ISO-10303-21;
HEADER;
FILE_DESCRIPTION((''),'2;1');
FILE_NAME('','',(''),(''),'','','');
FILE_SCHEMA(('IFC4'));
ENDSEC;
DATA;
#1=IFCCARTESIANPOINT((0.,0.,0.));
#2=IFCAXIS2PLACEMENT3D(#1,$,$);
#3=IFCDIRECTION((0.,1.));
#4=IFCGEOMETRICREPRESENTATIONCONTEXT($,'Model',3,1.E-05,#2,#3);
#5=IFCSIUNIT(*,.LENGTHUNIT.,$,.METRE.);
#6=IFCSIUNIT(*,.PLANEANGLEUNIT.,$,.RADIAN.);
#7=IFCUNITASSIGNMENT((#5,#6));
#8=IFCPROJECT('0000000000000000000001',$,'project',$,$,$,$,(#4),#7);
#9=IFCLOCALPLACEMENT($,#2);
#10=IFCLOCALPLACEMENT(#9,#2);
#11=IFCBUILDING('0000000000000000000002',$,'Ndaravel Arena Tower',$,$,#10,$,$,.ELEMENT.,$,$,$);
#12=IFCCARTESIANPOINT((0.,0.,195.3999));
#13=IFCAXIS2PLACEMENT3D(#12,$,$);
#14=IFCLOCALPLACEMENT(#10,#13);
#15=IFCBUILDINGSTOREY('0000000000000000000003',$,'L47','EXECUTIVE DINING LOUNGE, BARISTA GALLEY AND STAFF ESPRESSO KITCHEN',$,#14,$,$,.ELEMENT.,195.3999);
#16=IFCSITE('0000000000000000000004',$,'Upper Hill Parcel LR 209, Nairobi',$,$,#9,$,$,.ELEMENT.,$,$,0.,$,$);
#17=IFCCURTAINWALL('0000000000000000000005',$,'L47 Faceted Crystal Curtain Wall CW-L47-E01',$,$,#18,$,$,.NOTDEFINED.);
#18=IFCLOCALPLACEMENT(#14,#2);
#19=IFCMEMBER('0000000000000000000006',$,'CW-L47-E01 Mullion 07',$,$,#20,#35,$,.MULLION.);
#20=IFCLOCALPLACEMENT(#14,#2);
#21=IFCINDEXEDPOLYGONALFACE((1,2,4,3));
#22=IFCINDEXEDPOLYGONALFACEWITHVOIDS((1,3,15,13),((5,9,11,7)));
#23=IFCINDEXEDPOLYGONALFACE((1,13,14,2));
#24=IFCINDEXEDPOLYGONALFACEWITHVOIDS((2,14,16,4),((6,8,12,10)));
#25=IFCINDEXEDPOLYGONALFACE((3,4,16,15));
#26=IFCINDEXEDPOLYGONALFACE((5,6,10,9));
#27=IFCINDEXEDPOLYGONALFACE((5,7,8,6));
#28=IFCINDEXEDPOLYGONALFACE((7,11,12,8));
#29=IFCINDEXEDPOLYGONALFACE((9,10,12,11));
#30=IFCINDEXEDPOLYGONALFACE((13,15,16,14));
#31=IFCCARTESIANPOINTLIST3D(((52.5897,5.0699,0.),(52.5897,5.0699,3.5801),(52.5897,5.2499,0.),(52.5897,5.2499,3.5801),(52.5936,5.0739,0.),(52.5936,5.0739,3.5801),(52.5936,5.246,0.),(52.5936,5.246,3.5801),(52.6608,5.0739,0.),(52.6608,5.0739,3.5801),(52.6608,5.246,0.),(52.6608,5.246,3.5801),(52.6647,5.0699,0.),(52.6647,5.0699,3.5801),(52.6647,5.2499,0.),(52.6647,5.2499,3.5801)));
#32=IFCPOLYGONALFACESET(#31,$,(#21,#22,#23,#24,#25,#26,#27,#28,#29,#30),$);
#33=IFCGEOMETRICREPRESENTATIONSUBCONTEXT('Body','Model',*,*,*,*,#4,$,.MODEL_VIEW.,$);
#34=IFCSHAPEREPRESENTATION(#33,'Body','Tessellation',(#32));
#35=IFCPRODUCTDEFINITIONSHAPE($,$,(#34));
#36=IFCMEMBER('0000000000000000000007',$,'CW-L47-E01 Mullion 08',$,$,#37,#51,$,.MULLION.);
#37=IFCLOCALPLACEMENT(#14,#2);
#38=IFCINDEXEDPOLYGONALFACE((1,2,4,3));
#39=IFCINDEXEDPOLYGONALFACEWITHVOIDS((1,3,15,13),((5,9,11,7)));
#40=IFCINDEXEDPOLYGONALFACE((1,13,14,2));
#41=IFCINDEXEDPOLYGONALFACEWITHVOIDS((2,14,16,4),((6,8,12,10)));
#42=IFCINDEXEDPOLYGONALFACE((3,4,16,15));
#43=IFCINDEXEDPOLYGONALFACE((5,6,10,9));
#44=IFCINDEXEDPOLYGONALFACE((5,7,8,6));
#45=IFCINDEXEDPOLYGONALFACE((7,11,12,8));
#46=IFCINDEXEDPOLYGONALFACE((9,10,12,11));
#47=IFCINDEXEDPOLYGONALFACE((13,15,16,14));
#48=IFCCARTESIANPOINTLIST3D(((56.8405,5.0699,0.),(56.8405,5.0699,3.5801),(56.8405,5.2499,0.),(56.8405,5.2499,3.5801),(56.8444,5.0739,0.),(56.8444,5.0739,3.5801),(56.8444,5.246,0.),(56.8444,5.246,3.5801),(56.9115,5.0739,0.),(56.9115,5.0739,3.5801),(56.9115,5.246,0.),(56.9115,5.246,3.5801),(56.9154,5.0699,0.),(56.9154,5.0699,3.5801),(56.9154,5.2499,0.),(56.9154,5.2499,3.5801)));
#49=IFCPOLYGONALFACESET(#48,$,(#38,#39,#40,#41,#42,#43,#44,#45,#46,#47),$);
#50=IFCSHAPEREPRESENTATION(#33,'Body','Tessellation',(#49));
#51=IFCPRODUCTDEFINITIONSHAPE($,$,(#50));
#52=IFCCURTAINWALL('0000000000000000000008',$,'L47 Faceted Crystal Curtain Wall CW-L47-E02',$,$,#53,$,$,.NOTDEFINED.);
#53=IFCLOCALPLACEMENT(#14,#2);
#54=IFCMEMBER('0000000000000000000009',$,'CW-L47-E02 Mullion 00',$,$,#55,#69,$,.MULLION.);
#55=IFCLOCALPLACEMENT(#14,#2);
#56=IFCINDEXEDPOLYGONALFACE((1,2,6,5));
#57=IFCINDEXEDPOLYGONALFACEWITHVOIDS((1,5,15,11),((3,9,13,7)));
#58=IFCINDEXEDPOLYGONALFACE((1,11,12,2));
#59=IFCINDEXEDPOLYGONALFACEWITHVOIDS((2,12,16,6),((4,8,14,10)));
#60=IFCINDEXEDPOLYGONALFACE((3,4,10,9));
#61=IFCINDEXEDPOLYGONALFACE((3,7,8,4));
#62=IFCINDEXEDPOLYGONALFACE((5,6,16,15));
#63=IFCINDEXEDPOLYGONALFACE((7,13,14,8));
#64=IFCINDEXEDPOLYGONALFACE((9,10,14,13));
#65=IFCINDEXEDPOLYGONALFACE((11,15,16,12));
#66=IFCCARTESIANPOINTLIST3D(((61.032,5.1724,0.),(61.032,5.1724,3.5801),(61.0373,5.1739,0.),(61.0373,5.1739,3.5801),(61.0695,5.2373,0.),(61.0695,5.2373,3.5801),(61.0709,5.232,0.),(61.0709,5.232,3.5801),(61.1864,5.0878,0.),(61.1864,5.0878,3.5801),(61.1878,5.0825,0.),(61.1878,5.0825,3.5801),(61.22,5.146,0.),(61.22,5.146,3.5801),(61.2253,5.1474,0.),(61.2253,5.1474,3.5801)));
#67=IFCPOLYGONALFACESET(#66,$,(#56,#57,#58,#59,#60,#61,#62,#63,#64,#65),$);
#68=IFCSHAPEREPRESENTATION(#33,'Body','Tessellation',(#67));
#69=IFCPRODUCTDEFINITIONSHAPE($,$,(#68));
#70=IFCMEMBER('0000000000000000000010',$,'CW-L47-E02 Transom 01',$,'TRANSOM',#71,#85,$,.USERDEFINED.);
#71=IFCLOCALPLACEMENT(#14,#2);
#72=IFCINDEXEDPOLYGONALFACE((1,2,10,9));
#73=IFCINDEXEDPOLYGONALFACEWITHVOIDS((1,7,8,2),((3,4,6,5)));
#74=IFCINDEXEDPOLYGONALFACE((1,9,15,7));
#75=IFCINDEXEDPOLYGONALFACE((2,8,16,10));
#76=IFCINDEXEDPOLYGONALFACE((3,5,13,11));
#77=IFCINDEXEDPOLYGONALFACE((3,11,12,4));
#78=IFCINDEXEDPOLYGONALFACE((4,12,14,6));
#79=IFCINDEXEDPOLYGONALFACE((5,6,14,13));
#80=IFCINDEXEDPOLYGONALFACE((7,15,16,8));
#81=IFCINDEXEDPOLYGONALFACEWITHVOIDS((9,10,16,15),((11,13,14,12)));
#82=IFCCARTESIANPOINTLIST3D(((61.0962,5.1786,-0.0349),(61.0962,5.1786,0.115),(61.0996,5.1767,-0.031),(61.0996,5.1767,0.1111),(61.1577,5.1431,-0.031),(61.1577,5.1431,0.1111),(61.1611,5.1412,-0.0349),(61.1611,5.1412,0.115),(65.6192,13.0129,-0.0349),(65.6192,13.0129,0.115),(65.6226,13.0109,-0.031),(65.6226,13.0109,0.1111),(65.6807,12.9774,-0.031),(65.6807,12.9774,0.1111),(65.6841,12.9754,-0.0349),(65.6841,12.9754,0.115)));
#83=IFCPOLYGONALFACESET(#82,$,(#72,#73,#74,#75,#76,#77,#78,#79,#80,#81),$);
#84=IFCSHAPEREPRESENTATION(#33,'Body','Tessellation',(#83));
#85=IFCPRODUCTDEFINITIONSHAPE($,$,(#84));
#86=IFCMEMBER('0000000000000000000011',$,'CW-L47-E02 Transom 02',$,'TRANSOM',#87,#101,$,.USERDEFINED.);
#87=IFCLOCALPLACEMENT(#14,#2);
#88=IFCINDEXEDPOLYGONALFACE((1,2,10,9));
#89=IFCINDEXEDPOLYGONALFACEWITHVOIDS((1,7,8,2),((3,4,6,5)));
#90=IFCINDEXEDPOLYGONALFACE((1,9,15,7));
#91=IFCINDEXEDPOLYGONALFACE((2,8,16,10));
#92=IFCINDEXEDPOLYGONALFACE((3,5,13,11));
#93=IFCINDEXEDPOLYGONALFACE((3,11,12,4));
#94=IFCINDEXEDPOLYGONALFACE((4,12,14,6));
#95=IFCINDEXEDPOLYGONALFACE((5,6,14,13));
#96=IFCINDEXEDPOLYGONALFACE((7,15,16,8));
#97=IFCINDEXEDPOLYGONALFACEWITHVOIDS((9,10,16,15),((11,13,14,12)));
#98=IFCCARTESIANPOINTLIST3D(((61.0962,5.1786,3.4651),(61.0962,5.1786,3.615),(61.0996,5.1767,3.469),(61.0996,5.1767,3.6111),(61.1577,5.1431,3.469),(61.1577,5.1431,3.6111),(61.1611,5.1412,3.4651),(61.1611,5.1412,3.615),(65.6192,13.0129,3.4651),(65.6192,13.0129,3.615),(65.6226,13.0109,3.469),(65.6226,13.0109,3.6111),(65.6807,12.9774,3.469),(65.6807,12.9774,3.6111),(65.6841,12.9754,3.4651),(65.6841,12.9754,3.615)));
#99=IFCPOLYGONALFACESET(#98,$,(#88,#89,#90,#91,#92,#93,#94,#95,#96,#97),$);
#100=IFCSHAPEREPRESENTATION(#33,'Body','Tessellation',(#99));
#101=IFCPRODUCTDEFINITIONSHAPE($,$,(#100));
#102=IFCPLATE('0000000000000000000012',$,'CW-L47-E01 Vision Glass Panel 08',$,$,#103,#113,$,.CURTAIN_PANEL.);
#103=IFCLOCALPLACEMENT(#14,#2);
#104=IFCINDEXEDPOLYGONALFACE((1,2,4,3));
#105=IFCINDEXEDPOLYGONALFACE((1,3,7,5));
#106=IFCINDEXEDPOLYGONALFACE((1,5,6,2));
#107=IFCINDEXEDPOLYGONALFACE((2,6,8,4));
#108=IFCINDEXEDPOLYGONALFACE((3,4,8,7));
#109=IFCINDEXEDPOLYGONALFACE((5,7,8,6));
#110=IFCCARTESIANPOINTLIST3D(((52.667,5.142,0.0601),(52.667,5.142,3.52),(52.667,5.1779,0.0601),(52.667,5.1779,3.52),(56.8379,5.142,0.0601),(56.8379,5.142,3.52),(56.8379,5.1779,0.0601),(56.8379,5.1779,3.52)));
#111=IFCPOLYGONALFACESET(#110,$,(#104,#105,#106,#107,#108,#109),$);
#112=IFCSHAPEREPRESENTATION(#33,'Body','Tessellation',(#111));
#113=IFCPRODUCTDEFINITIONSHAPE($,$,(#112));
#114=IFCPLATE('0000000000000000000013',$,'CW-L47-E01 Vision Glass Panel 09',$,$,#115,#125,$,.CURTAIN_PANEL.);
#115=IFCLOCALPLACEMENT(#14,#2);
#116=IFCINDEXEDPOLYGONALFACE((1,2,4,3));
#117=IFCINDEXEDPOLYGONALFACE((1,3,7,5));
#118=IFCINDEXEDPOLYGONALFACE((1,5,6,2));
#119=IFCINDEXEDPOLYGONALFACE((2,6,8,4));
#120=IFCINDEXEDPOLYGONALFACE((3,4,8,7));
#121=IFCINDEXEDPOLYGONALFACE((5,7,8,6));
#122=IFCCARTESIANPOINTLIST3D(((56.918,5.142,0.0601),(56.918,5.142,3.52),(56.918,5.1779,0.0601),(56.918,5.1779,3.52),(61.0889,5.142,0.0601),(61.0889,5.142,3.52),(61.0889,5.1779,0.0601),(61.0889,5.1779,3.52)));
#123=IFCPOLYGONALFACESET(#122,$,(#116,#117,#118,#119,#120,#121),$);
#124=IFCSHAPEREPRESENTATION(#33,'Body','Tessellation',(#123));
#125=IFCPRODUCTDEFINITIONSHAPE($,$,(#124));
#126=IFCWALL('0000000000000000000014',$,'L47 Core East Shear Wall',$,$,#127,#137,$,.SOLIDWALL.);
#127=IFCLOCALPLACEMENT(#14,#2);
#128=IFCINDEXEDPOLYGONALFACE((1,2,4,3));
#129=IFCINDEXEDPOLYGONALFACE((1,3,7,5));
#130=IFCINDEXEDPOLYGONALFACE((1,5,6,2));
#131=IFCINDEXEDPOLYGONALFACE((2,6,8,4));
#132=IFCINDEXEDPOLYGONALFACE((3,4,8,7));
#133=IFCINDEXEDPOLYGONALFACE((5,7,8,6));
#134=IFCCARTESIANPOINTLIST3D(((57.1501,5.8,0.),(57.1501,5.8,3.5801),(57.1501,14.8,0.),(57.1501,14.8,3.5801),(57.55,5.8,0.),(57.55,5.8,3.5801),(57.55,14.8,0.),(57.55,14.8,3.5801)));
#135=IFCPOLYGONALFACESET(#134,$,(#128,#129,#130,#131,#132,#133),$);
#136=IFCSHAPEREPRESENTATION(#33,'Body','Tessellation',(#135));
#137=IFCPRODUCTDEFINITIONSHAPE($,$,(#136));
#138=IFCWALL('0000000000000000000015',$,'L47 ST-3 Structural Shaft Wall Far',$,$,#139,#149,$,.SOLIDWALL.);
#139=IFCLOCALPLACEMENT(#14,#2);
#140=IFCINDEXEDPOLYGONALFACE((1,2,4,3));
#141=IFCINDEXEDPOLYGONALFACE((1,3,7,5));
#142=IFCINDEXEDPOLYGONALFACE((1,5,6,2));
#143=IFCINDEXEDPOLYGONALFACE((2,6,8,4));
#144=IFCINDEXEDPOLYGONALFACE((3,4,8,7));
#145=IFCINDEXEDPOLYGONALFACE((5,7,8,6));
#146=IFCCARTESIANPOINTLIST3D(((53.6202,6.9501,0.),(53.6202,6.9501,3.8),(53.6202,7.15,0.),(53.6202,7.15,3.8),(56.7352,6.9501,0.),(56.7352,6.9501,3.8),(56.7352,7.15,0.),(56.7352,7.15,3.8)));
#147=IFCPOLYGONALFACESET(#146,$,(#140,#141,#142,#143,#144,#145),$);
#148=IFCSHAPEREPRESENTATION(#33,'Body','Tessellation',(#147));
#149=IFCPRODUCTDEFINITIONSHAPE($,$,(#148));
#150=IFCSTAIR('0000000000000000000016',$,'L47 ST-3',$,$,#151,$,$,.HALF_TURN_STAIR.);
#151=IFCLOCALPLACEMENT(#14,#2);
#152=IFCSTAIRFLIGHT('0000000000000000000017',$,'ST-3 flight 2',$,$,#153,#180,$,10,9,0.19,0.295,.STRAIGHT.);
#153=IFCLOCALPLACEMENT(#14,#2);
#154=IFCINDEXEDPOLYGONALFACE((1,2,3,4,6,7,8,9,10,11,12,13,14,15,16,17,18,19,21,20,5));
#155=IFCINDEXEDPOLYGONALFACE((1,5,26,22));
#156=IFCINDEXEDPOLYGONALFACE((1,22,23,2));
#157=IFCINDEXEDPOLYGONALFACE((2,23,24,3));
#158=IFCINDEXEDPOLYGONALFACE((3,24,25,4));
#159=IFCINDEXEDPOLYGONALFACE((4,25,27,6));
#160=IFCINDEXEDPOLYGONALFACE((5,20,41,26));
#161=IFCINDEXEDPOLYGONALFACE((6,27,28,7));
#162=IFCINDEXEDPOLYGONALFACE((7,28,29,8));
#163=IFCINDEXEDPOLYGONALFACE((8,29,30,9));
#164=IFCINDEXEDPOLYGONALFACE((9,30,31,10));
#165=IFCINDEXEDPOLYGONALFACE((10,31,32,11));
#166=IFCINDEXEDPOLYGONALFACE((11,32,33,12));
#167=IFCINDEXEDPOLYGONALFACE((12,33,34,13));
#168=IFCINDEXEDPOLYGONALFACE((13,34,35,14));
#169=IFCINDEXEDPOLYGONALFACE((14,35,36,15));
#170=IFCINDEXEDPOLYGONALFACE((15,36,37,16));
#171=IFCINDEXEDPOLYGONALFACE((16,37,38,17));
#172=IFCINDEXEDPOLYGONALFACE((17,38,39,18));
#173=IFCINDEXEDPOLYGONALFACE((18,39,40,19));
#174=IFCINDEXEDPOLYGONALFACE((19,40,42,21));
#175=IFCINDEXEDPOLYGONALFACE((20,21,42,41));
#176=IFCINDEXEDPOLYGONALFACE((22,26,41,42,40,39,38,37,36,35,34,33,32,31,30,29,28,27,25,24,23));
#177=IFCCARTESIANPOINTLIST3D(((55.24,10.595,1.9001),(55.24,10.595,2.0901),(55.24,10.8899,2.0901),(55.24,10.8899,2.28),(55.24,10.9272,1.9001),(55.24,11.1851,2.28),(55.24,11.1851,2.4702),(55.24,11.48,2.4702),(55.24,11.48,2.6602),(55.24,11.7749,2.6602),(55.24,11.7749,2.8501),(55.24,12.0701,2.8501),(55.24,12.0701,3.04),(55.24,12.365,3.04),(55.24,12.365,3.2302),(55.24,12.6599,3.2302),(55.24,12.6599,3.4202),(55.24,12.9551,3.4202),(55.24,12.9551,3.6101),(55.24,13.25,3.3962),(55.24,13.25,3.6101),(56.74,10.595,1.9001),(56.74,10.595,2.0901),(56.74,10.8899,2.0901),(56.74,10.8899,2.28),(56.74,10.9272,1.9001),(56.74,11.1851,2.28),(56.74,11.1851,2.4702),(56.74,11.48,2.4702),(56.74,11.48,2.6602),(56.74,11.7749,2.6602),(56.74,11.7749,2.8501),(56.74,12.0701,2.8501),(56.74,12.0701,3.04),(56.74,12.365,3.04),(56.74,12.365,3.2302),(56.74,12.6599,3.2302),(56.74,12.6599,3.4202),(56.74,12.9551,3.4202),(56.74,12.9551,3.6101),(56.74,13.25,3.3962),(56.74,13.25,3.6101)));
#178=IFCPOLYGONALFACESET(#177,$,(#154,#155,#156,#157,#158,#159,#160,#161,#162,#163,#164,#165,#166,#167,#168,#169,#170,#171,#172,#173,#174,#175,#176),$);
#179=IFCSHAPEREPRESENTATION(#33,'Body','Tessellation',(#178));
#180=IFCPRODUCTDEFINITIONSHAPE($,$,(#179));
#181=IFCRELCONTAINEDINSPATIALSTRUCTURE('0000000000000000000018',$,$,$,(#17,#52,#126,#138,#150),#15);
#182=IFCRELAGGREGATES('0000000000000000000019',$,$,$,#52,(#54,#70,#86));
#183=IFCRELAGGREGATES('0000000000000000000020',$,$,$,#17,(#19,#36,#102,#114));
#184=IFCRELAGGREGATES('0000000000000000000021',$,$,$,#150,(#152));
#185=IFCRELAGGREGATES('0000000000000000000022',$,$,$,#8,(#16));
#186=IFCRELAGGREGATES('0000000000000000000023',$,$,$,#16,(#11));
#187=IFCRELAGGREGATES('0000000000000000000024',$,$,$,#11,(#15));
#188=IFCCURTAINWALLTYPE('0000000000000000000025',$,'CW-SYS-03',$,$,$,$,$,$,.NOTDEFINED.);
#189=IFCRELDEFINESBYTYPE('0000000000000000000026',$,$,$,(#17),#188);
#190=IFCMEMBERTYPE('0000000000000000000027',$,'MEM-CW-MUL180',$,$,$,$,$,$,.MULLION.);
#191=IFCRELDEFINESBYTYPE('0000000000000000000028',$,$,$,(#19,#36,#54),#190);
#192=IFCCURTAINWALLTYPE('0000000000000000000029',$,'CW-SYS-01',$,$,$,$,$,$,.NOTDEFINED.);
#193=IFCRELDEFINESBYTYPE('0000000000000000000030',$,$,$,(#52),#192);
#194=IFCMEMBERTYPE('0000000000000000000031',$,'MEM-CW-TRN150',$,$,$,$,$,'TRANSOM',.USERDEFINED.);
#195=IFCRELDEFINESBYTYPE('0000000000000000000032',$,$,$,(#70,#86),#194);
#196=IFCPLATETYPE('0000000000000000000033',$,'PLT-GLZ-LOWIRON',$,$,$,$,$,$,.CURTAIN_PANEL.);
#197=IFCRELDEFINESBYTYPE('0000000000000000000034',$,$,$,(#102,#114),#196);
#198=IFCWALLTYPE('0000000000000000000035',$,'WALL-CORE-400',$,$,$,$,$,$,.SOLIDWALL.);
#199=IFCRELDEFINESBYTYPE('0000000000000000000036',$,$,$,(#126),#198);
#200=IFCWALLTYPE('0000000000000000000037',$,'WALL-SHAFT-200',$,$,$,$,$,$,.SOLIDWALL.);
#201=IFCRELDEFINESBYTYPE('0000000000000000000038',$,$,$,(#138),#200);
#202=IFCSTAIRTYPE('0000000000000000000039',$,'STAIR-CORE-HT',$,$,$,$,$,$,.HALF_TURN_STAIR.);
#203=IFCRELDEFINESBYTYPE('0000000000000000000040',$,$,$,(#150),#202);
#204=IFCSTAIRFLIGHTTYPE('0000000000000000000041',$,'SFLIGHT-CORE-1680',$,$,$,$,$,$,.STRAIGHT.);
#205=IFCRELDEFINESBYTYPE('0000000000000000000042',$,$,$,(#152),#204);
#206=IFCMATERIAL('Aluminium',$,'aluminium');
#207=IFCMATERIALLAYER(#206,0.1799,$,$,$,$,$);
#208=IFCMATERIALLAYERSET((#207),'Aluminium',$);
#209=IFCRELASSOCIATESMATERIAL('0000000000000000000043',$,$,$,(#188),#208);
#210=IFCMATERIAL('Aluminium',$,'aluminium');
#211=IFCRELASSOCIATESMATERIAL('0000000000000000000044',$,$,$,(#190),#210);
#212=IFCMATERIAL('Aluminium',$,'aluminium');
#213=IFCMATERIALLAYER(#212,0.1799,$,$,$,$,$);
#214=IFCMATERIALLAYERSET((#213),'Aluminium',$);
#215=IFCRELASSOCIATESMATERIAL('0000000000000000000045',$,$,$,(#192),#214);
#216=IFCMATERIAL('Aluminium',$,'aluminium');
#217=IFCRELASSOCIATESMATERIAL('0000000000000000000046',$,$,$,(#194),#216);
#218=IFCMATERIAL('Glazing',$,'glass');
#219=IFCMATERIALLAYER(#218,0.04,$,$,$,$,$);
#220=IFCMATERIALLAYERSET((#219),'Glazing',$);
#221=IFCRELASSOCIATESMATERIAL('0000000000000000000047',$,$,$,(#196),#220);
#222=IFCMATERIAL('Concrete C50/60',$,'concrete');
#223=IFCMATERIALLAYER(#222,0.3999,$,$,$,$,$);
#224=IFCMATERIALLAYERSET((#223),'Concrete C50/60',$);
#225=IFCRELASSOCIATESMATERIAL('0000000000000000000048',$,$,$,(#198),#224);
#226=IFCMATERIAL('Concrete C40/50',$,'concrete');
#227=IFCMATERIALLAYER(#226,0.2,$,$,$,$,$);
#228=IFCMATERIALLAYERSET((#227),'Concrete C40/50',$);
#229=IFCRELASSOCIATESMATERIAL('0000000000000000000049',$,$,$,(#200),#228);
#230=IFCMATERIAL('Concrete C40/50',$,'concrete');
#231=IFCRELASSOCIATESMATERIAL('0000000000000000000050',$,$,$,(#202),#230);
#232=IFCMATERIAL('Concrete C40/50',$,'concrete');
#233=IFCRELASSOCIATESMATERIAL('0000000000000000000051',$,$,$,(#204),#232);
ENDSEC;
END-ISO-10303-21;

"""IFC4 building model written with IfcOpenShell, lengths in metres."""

from ifc_helpers import new_model, si_unit, direction, frame, frame_2d, origin, origin_2d, place, context, subcontext, project, spatial, polyline, rectangle, hollow_rectangle, outline, extrude, material, layer, layer_set, material_profile, profile_set, type_object, element, aggregate, save


model = new_model("IFC4")

# Units and contexts
model_context = context("Model", 3, precision=1e-05, world=origin(), true_north=direction((0.0, 1.0)))
body_context = subcontext(model_context, "Body", "Model", "MODEL_VIEW")
ifc_project = project(units=[si_unit("LENGTHUNIT", "METRE"), si_unit("PLANEANGLEUNIT", "RADIAN")], contexts=[model_context])

# Site, building, storey
site_placement = place(None, origin())
site = spatial("IfcSite", under=ifc_project, at=site_placement, Name="Upper Hill Parcel LR 209, Nairobi", CompositionType="ELEMENT", RefElevation=0.0)
building_placement = place(site_placement, origin())
building = spatial("IfcBuilding", under=site, at=building_placement, Name="Ndaravel Arena Tower", CompositionType="ELEMENT")
storey_placement = place(building_placement, frame((0.0, 0.0, 195.3999)))
storey = spatial("IfcBuildingStorey", under=building, at=storey_placement, Name="L47", Description="EXECUTIVE DINING LOUNGE, BARISTA GALLEY AND STAFF ESPRESSO KITCHEN", CompositionType="ELEMENT", Elevation=195.3999)

# Curtain walls, members
ifc_material_1 = material(Name="Aluminium", Category="aluminium")
ifc_layer_1 = layer(ifc_material_1, 0.1799)
ifc_layer_set_1 = layer_set([ifc_layer_1], Name="Aluminium")
curtain_wall_type_1 = type_object("IfcCurtainWallType", Name="CW-SYS-03", PredefinedType="NOTDEFINED", material=ifc_layer_set_1)
curtain_wall_1_placement = place(storey_placement, origin())
curtain_wall_1 = element("IfcCurtainWall", 1, at=curtain_wall_1_placement, inside=storey, type_object=curtain_wall_type_1, Name="L47 Faceted Crystal Curtain Wall CW-L47-E01", PredefinedType="NOTDEFINED")
ifc_material_2 = material(Name="Aluminium", Category="aluminium")
ifc_material_profile_1 = material_profile(ifc_material_2, hollow_rectangle(XDim=0.075, YDim=0.1799, WallThickness=0.0039, at=origin_2d()), Name="CW MULLION 75x180x4")
ifc_profile_set_1 = profile_set([ifc_material_profile_1], Name="Aluminium")
member_type_1 = type_object("IfcMemberType", Name="MEM-CW-MUL180", PredefinedType="MULLION", material=ifc_profile_set_1)
member_1_placement = place(storey_placement, frame((52.6272, 5.1599, 0.0), z_axis=(0.0, 0.0, 1.0), x_axis=(1.0, 0.0, 0.0)))
member_1 = element("IfcMember", 2, at=member_1_placement, type_object=member_type_1, Name="CW-L47-E01 Mullion 07", PredefinedType="MULLION", context=body_context, shape_type="SweptSolid", body=[
    extrude(hollow_rectangle(XDim=0.075, YDim=0.1799, WallThickness=0.0039, at=origin_2d()), origin(), (0.0, 0.0, 1.0), 3.5801),
])
member_2_placement = place(storey_placement, frame((56.8779, 5.1599, 0.0), z_axis=(0.0, 0.0, 1.0), x_axis=(1.0, 0.0, 0.0)))
member_2 = element("IfcMember", 3, at=member_2_placement, type_object=member_type_1, Name="CW-L47-E01 Mullion 08", PredefinedType="MULLION", context=body_context, shape_type="SweptSolid", body=[
    extrude(hollow_rectangle(XDim=0.075, YDim=0.1799, WallThickness=0.0039, at=origin_2d()), origin(), (0.0, 0.0, 1.0), 3.5801),
])
ifc_material_3 = material(Name="Aluminium", Category="aluminium")
ifc_layer_2 = layer(ifc_material_3, 0.1799)
ifc_layer_set_2 = layer_set([ifc_layer_2], Name="Aluminium")
curtain_wall_type_2 = type_object("IfcCurtainWallType", Name="CW-SYS-01", PredefinedType="NOTDEFINED", material=ifc_layer_set_2)
curtain_wall_2_placement = place(storey_placement, origin())
curtain_wall_2 = element("IfcCurtainWall", 4, at=curtain_wall_2_placement, inside=storey, type_object=curtain_wall_type_2, Name="L47 Faceted Crystal Curtain Wall CW-L47-E02", PredefinedType="NOTDEFINED")
member_3_placement = place(storey_placement, frame((61.1287, 5.1599, 0.0), z_axis=(0.0, 0.0, 1.0), x_axis=(0.5, 0.866025, 0.0)))
member_3 = element("IfcMember", 5, at=member_3_placement, type_object=member_type_1, Name="CW-L47-E02 Mullion 00", PredefinedType="MULLION", context=body_context, shape_type="SweptSolid", body=[
    extrude(hollow_rectangle(XDim=0.075, YDim=0.1799, WallThickness=0.0039, at=origin_2d()), origin(), (0.0, 0.0, 1.0), 3.5801),
])
ifc_material_4 = material(Name="Aluminium", Category="aluminium")
ifc_material_profile_2 = material_profile(ifc_material_4, hollow_rectangle(XDim=0.075, YDim=0.1499, WallThickness=0.0039, at=origin_2d()), Name="CW TRANSOM 75x150x4")
ifc_profile_set_2 = profile_set([ifc_material_profile_2], Name="Aluminium")
member_type_2 = type_object("IfcMemberType", Name="MEM-CW-TRN150", ElementType="TRANSOM", PredefinedType="USERDEFINED", material=ifc_profile_set_2)
member_4_placement = place(storey_placement, frame((61.1287, 5.1599, 0.04), z_axis=(0.499988, 0.866032, 0.0), x_axis=(-0.866032, 0.499988, 0.0)))
member_4 = element("IfcMember", 6, at=member_4_placement, type_object=member_type_2, Name="CW-L47-E02 Transom 01", ObjectType="TRANSOM", PredefinedType="USERDEFINED", context=body_context, shape_type="SweptSolid", body=[
    extrude(hollow_rectangle(XDim=0.075, YDim=0.1499, WallThickness=0.0039, at=origin_2d()), origin(), (0.0, 0.0, 1.0), 9.0461),
])
member_5_placement = place(storey_placement, frame((61.1287, 5.1599, 3.54), z_axis=(0.499988, 0.866032, 0.0), x_axis=(-0.866032, 0.499988, 0.0)))
member_5 = element("IfcMember", 7, at=member_5_placement, type_object=member_type_2, Name="CW-L47-E02 Transom 02", ObjectType="TRANSOM", PredefinedType="USERDEFINED", context=body_context, shape_type="SweptSolid", body=[
    extrude(hollow_rectangle(XDim=0.075, YDim=0.1499, WallThickness=0.0039, at=origin_2d()), origin(), (0.0, 0.0, 1.0), 9.0461),
])
aggregate(curtain_wall_2, [member_3, member_4, member_5])

# Plates
ifc_material_5 = material(Name="Glazing", Category="glass")
ifc_layer_3 = layer(ifc_material_5, 0.04)
ifc_layer_set_3 = layer_set([ifc_layer_3], Name="Glazing")
plate_type = type_object("IfcPlateType", Name="PLT-GLZ-LOWIRON", PredefinedType="CURTAIN_PANEL", material=ifc_layer_set_3)
plate_1_placement = place(storey_placement, frame((54.7524, 5.1599, 0.0601), z_axis=(0.0, 0.0, 1.0), x_axis=(1.0, 0.0, 0.0)))
plate_1 = element("IfcPlate", 8, at=plate_1_placement, type_object=plate_type, Name="CW-L47-E01 Vision Glass Panel 08", PredefinedType="CURTAIN_PANEL", context=body_context, shape_type="SweptSolid", body=[
    extrude(rectangle(XDim=4.1709, YDim=0.0359, at=origin_2d()), origin(), (0.0, 0.0, 1.0), 3.46),
])
plate_2_placement = place(storey_placement, frame((59.0034, 5.1599, 0.0601), z_axis=(0.0, 0.0, 1.0), x_axis=(1.0, 0.0, 0.0)))
plate_2 = element("IfcPlate", 9, at=plate_2_placement, type_object=plate_type, Name="CW-L47-E01 Vision Glass Panel 09", PredefinedType="CURTAIN_PANEL", context=body_context, shape_type="SweptSolid", body=[
    extrude(rectangle(XDim=4.1709, YDim=0.0359, at=origin_2d()), origin(), (0.0, 0.0, 1.0), 3.46),
])
aggregate(curtain_wall_1, [member_1, member_2, plate_1, plate_2])

# Walls
ifc_material_6 = material(Name="Concrete C50/60", Category="concrete")
ifc_layer_4 = layer(ifc_material_6, 0.3999)
ifc_layer_set_4 = layer_set([ifc_layer_4], Name="Concrete C50/60")
wall_type_1 = type_object("IfcWallType", Name="WALL-CORE-400", PredefinedType="SOLIDWALL", material=ifc_layer_set_4)
wall_1_placement = place(storey_placement, frame((57.3501, 5.8, 0.0), z_axis=(0.0, 0.0, 1.0), x_axis=(0.0, 1.0, 0.0)))
element("IfcWall", 10, at=wall_1_placement, inside=storey, type_object=wall_type_1, Name="L47 Core East Shear Wall", PredefinedType="SOLIDWALL", context=body_context, shape_type="SweptSolid", body=[
    extrude(rectangle(XDim=9.0, YDim=0.3999, at=frame_2d((4.5, 0.0))), origin(), (0.0, 0.0, 1.0), 3.5801),
])
ifc_material_7 = material(Name="Concrete C40/50", Category="concrete")
ifc_layer_5 = layer(ifc_material_7, 0.2)
ifc_layer_set_5 = layer_set([ifc_layer_5], Name="Concrete C40/50")
wall_type_2 = type_object("IfcWallType", Name="WALL-SHAFT-200", PredefinedType="SOLIDWALL", material=ifc_layer_set_5)
wall_2_placement = place(storey_placement, frame((53.6201, 7.05, 0.0), z_axis=(0.0, 0.0, 1.0), x_axis=(1.0, 0.0, 0.0)))
element("IfcWall", 11, at=wall_2_placement, inside=storey, type_object=wall_type_2, Name="L47 ST-3 Structural Shaft Wall Far", PredefinedType="SOLIDWALL", context=body_context, shape_type="SweptSolid", body=[
    extrude(rectangle(XDim=3.115, YDim=0.2, at=frame_2d((1.5576, 0.0))), origin(), (0.0, 0.0, 1.0), 3.8),
])

# Stair, stair flight
ifc_material_8 = material(Name="Concrete C40/50", Category="concrete")
stair_type = type_object("IfcStairType", Name="STAIR-CORE-HT", PredefinedType="HALF_TURN_STAIR", material=ifc_material_8)
stair_placement = place(storey_placement, origin())
stair = element("IfcStair", 12, at=stair_placement, inside=storey, type_object=stair_type, Name="L47 ST-3", PredefinedType="HALF_TURN_STAIR")
ifc_material_9 = material(Name="Concrete C40/50", Category="concrete")
stair_flight_type = type_object("IfcStairFlightType", Name="SFLIGHT-CORE-1680", PredefinedType="STRAIGHT", material=ifc_material_9)
stair_flight_placement = place(storey_placement, frame((55.99, 10.595, 1.9001), z_axis=(0.0, 0.0, 1.0), x_axis=(0.0, 1.0, 0.0)))
stair_flight = element("IfcStairFlight", 13, at=stair_flight_placement, type_object=stair_flight_type, Name="ST-3 flight 2", NumberOfRisers=10, NumberOfTreads=9, PredefinedType="STRAIGHT", RiserHeight=0.19, TreadLength=0.295, context=body_context, shape_type="SweptSolid", body=[
    extrude(outline(polyline([(0.0, 0.0), (0.0, 0.1899), (0.2949, 0.1899), (0.2949, 0.3799), (0.5901, 0.3799), (0.5901, 0.5701), (0.885, 0.5701), (0.885, 0.76), (1.1799, 0.76), (1.1799, 0.95), (1.4751, 0.95), (1.4751, 1.1399), (1.77, 1.1399), (1.77, 1.3301), (2.0649, 1.3301), (2.0649, 1.52), (2.3601, 1.52), (2.3601, 1.71), (2.655, 1.71), (2.655, 1.8999), (2.655, 1.4961), (0.3323, 0.0), (0.0, 0.0)])), frame((0.0, 0.75, 0.0), z_axis=(0.0, -1.0, 0.0), x_axis=(1.0, 0.0, 0.0)), (0.0, 0.0, 1.0), 1.5),
])
aggregate(stair, [stair_flight])

save(model, "model.ifc")
